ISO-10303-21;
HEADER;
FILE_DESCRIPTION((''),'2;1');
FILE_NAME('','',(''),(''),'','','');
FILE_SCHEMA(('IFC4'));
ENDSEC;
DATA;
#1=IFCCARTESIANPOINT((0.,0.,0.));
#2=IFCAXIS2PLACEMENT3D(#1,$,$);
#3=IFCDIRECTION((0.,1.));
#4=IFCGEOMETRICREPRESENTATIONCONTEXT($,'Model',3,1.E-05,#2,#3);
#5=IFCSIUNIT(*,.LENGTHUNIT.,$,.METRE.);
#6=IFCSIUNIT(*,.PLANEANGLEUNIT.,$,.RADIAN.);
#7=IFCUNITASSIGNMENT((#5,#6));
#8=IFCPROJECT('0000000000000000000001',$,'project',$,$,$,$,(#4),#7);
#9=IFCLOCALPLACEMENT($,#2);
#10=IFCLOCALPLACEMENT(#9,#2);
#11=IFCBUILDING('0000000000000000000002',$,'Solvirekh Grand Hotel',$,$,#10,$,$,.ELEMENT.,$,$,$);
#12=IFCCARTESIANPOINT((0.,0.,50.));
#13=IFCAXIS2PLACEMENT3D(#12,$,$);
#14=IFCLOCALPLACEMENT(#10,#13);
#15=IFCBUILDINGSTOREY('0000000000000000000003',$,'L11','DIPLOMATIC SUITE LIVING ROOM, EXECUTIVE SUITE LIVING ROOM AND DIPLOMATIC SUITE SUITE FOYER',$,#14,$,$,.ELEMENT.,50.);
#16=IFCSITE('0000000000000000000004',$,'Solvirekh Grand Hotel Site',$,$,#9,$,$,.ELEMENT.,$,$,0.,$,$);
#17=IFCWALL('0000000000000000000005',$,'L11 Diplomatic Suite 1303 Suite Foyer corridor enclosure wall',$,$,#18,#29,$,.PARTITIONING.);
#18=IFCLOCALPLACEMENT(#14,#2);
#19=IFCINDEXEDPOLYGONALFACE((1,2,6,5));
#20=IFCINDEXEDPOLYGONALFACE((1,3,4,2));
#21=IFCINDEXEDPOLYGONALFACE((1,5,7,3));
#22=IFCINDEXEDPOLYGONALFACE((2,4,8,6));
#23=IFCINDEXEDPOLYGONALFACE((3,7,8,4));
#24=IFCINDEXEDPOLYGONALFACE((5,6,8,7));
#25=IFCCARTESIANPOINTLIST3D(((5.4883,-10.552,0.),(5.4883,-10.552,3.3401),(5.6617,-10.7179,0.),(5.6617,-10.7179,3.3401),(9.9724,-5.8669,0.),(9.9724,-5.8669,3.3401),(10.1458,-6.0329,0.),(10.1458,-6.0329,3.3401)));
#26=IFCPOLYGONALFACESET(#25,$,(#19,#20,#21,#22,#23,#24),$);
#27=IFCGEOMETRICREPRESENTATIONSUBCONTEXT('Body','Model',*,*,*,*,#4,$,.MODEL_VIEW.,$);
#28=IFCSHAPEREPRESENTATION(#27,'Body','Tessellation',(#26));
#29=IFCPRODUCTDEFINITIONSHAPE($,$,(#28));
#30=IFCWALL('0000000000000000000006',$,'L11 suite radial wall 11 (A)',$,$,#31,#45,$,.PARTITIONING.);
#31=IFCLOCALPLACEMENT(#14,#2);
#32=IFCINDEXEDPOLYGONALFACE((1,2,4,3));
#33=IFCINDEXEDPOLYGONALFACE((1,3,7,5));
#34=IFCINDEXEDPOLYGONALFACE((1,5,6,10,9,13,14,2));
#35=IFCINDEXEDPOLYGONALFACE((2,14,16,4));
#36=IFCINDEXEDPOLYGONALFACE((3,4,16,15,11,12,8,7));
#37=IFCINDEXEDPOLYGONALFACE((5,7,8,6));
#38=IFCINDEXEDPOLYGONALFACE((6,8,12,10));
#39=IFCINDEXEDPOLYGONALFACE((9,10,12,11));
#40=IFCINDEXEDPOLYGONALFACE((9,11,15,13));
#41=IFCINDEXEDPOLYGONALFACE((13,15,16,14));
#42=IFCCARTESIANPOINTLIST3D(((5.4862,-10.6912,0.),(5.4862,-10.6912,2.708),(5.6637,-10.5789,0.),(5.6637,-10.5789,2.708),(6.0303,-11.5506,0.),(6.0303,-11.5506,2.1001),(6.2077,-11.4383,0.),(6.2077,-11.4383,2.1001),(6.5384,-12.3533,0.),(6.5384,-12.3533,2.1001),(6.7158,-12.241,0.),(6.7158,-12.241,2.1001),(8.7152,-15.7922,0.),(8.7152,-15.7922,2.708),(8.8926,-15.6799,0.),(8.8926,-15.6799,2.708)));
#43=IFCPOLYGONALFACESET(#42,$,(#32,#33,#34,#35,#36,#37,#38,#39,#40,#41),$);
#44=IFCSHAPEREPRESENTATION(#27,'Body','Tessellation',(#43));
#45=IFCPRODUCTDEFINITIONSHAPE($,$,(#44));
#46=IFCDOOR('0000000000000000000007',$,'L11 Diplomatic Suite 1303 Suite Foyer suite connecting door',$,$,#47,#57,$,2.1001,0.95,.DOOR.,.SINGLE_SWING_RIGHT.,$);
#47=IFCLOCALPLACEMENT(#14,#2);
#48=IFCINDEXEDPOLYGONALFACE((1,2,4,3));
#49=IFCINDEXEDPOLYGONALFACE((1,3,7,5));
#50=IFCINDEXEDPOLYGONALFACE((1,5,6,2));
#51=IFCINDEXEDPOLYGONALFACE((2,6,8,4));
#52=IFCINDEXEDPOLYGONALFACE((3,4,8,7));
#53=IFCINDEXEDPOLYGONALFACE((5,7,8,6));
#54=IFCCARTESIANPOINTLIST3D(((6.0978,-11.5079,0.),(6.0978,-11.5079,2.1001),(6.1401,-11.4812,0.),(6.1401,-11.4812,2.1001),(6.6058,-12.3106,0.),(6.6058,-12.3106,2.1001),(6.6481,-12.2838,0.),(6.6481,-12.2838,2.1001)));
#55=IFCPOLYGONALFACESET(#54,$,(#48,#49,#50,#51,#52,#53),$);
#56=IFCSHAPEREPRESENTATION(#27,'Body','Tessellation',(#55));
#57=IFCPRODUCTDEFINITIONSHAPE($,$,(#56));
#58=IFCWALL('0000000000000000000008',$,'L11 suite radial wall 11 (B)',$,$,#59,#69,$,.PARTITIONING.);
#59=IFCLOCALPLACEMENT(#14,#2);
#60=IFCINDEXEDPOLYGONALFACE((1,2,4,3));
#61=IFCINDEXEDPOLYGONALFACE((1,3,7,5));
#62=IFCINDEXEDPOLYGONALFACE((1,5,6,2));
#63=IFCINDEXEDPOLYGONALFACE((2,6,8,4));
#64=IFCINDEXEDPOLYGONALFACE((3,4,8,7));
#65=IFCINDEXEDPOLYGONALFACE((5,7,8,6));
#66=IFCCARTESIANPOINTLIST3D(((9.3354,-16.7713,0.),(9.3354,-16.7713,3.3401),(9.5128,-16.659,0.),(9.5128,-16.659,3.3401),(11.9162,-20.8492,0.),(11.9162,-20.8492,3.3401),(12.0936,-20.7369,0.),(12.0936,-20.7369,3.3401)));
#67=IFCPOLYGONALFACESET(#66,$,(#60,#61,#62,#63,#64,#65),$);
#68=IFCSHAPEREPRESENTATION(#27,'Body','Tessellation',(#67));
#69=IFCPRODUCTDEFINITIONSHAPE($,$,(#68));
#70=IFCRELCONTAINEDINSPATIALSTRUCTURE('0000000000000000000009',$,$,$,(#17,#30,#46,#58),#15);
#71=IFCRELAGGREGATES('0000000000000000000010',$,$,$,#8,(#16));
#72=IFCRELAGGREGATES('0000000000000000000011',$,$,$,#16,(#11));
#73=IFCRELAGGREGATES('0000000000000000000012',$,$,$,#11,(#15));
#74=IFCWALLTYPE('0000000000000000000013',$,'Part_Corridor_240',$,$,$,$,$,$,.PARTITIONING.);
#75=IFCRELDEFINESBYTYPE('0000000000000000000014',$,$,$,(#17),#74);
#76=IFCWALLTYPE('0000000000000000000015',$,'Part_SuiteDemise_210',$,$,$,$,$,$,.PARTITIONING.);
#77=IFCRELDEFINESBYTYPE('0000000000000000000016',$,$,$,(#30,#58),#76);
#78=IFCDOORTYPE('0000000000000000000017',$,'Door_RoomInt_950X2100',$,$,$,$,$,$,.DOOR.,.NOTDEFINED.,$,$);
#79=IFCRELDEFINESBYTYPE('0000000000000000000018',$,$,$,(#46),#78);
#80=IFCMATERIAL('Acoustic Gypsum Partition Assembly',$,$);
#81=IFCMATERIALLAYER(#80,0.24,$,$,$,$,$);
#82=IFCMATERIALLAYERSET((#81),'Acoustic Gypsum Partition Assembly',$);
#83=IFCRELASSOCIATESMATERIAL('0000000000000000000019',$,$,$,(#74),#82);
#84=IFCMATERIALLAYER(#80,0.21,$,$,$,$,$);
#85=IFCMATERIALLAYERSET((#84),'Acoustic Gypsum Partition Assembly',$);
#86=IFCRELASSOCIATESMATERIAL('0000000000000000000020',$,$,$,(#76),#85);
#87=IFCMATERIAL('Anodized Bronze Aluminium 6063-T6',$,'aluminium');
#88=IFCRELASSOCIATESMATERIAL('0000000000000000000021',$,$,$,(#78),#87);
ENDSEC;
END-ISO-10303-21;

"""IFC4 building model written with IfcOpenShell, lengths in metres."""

from ifc_helpers import new_model, si_unit, direction, frame, frame_2d, origin, place, context, subcontext, project, spatial, rectangle, extrude, material, layer, layer_set, type_object, element, fill, save


model = new_model("IFC4")

# Units and contexts
model_context = context("Model", 3, precision=1e-05, world=origin(), true_north=direction((0.0, 1.0)))
body_context = subcontext(model_context, "Body", "Model", "MODEL_VIEW")
ifc_project = project(units=[si_unit("LENGTHUNIT", "METRE"), si_unit("PLANEANGLEUNIT", "RADIAN")], contexts=[model_context])

# Site, building, storey
site_placement = place(None, origin())
site = spatial("IfcSite", under=ifc_project, at=site_placement, Name="Solvirekh Grand Hotel Site", CompositionType="ELEMENT", RefElevation=0.0)
building_placement = place(site_placement, origin())
building = spatial("IfcBuilding", under=site, at=building_placement, Name="Solvirekh Grand Hotel", CompositionType="ELEMENT")
storey_placement = place(building_placement, frame((0.0, 0.0, 50.0)))
storey = spatial("IfcBuildingStorey", under=building, at=storey_placement, Name="L11", Description="DIPLOMATIC SUITE LIVING ROOM, EXECUTIVE SUITE LIVING ROOM AND DIPLOMATIC SUITE SUITE FOYER", CompositionType="ELEMENT", Elevation=50.0)

# Wall
ifc_material_1 = material(Name="Acoustic Gypsum Partition Assembly")
ifc_layer_1 = layer(ifc_material_1, 0.24)
ifc_layer_set_1 = layer_set([ifc_layer_1], Name="Acoustic Gypsum Partition Assembly")
wall_type_1 = type_object("IfcWallType", Name="Part_Corridor_240", PredefinedType="PARTITIONING", material=ifc_layer_set_1)
wall_1_placement = place(storey_placement, frame((5.575, -10.635, 0.0), z_axis=(0.0, 0.0, 1.0), x_axis=(0.691446, 0.722428, 0.0)))
element("IfcWall", 1, at=wall_1_placement, inside=storey, type_object=wall_type_1, Name="L11 Diplomatic Suite 1303 Suite Foyer corridor enclosure wall", PredefinedType="PARTITIONING", context=body_context, shape_type="SweptSolid", body=[
    extrude(rectangle(XDim=6.4851, YDim=0.24, at=frame_2d((3.2427, 0.0))), origin(), (0.0, 0.0, 1.0), 3.3401),
])

# Wall, opening, door
ifc_layer_2 = layer(ifc_material_1, 0.21)
ifc_layer_set_2 = layer_set([ifc_layer_2], Name="Acoustic Gypsum Partition Assembly")
wall_type_2 = type_object("IfcWallType", Name="Part_SuiteDemise_210", PredefinedType="PARTITIONING", material=ifc_layer_set_2)
wall_2_placement = place(storey_placement, frame((5.575, -10.635, 0.0), z_axis=(0.0, 0.0, 1.0), x_axis=(0.534854, -0.844945, 0.0)))
wall_2 = element("IfcWall", 2, at=wall_2_placement, inside=storey, type_object=wall_type_2, Name="L11 suite radial wall 11 (A)", PredefinedType="PARTITIONING", context=body_context, shape_type="SweptSolid", body=[
    extrude(rectangle(XDim=6.0371, YDim=0.21, at=frame_2d((3.0186, 0.0))), origin(), (0.0, 0.0, 1.0), 2.708),
])
opening_1_placement = place(wall_2_placement, frame((1.0171, 0.0, 0.0)))
opening_1 = element("IfcOpeningElement", 3, at=opening_1_placement, cuts=wall_2, PredefinedType="OPENING", context=body_context, shape_type="SweptSolid", body=[
    extrude(rectangle(XDim=0.95, YDim=2.1001, at=frame_2d((0.4751, 1.05))), frame((0.0, 0.115, 0.0), z_axis=(0.0, -1.0, 0.0), x_axis=(1.0, 0.0, 0.0)), (0.0, 0.0, 1.0), 0.23),
])
ifc_material_2 = material(Name="Anodized Bronze Aluminium 6063-T6", Category="aluminium")
door_type = type_object("IfcDoorType", Name="Door_RoomInt_950X2100", OperationType="NOTDEFINED", PredefinedType="DOOR", material=ifc_material_2)
door_placement = place(opening_1_placement, origin())
door = element("IfcDoor", 4, at=door_placement, inside=storey, type_object=door_type, Name="L11 Diplomatic Suite 1303 Suite Foyer suite connecting door", OperationType="SINGLE_SWING_RIGHT", OverallHeight=2.1001, OverallWidth=0.95, PredefinedType="DOOR", context=body_context, shape_type="SweptSolid", body=[
    extrude(rectangle(XDim=0.95, YDim=2.1001, at=frame_2d((0.4751, 1.05))), frame((0.0, 0.0249, 0.0), z_axis=(0.0, -1.0, 0.0), x_axis=(1.0, 0.0, 0.0)), (0.0, 0.0, 1.0), 0.05),
])
fill(opening_1, door)

# Wall
wall_3_placement = place(storey_placement, frame((9.4241, -16.7151, 0.0), z_axis=(0.0, 0.0, 1.0), x_axis=(0.534779, -0.844992, 0.0)))
element("IfcWall", 5, at=wall_3_placement, inside=storey, type_object=wall_type_2, Name="L11 suite radial wall 11 (B)", PredefinedType="PARTITIONING", context=body_context, shape_type="SweptSolid", body=[
    extrude(rectangle(XDim=4.8259, YDim=0.21, at=frame_2d((2.4131, 0.0))), origin(), (0.0, 0.0, 1.0), 3.3401),
])

save(model, "model.ifc")
